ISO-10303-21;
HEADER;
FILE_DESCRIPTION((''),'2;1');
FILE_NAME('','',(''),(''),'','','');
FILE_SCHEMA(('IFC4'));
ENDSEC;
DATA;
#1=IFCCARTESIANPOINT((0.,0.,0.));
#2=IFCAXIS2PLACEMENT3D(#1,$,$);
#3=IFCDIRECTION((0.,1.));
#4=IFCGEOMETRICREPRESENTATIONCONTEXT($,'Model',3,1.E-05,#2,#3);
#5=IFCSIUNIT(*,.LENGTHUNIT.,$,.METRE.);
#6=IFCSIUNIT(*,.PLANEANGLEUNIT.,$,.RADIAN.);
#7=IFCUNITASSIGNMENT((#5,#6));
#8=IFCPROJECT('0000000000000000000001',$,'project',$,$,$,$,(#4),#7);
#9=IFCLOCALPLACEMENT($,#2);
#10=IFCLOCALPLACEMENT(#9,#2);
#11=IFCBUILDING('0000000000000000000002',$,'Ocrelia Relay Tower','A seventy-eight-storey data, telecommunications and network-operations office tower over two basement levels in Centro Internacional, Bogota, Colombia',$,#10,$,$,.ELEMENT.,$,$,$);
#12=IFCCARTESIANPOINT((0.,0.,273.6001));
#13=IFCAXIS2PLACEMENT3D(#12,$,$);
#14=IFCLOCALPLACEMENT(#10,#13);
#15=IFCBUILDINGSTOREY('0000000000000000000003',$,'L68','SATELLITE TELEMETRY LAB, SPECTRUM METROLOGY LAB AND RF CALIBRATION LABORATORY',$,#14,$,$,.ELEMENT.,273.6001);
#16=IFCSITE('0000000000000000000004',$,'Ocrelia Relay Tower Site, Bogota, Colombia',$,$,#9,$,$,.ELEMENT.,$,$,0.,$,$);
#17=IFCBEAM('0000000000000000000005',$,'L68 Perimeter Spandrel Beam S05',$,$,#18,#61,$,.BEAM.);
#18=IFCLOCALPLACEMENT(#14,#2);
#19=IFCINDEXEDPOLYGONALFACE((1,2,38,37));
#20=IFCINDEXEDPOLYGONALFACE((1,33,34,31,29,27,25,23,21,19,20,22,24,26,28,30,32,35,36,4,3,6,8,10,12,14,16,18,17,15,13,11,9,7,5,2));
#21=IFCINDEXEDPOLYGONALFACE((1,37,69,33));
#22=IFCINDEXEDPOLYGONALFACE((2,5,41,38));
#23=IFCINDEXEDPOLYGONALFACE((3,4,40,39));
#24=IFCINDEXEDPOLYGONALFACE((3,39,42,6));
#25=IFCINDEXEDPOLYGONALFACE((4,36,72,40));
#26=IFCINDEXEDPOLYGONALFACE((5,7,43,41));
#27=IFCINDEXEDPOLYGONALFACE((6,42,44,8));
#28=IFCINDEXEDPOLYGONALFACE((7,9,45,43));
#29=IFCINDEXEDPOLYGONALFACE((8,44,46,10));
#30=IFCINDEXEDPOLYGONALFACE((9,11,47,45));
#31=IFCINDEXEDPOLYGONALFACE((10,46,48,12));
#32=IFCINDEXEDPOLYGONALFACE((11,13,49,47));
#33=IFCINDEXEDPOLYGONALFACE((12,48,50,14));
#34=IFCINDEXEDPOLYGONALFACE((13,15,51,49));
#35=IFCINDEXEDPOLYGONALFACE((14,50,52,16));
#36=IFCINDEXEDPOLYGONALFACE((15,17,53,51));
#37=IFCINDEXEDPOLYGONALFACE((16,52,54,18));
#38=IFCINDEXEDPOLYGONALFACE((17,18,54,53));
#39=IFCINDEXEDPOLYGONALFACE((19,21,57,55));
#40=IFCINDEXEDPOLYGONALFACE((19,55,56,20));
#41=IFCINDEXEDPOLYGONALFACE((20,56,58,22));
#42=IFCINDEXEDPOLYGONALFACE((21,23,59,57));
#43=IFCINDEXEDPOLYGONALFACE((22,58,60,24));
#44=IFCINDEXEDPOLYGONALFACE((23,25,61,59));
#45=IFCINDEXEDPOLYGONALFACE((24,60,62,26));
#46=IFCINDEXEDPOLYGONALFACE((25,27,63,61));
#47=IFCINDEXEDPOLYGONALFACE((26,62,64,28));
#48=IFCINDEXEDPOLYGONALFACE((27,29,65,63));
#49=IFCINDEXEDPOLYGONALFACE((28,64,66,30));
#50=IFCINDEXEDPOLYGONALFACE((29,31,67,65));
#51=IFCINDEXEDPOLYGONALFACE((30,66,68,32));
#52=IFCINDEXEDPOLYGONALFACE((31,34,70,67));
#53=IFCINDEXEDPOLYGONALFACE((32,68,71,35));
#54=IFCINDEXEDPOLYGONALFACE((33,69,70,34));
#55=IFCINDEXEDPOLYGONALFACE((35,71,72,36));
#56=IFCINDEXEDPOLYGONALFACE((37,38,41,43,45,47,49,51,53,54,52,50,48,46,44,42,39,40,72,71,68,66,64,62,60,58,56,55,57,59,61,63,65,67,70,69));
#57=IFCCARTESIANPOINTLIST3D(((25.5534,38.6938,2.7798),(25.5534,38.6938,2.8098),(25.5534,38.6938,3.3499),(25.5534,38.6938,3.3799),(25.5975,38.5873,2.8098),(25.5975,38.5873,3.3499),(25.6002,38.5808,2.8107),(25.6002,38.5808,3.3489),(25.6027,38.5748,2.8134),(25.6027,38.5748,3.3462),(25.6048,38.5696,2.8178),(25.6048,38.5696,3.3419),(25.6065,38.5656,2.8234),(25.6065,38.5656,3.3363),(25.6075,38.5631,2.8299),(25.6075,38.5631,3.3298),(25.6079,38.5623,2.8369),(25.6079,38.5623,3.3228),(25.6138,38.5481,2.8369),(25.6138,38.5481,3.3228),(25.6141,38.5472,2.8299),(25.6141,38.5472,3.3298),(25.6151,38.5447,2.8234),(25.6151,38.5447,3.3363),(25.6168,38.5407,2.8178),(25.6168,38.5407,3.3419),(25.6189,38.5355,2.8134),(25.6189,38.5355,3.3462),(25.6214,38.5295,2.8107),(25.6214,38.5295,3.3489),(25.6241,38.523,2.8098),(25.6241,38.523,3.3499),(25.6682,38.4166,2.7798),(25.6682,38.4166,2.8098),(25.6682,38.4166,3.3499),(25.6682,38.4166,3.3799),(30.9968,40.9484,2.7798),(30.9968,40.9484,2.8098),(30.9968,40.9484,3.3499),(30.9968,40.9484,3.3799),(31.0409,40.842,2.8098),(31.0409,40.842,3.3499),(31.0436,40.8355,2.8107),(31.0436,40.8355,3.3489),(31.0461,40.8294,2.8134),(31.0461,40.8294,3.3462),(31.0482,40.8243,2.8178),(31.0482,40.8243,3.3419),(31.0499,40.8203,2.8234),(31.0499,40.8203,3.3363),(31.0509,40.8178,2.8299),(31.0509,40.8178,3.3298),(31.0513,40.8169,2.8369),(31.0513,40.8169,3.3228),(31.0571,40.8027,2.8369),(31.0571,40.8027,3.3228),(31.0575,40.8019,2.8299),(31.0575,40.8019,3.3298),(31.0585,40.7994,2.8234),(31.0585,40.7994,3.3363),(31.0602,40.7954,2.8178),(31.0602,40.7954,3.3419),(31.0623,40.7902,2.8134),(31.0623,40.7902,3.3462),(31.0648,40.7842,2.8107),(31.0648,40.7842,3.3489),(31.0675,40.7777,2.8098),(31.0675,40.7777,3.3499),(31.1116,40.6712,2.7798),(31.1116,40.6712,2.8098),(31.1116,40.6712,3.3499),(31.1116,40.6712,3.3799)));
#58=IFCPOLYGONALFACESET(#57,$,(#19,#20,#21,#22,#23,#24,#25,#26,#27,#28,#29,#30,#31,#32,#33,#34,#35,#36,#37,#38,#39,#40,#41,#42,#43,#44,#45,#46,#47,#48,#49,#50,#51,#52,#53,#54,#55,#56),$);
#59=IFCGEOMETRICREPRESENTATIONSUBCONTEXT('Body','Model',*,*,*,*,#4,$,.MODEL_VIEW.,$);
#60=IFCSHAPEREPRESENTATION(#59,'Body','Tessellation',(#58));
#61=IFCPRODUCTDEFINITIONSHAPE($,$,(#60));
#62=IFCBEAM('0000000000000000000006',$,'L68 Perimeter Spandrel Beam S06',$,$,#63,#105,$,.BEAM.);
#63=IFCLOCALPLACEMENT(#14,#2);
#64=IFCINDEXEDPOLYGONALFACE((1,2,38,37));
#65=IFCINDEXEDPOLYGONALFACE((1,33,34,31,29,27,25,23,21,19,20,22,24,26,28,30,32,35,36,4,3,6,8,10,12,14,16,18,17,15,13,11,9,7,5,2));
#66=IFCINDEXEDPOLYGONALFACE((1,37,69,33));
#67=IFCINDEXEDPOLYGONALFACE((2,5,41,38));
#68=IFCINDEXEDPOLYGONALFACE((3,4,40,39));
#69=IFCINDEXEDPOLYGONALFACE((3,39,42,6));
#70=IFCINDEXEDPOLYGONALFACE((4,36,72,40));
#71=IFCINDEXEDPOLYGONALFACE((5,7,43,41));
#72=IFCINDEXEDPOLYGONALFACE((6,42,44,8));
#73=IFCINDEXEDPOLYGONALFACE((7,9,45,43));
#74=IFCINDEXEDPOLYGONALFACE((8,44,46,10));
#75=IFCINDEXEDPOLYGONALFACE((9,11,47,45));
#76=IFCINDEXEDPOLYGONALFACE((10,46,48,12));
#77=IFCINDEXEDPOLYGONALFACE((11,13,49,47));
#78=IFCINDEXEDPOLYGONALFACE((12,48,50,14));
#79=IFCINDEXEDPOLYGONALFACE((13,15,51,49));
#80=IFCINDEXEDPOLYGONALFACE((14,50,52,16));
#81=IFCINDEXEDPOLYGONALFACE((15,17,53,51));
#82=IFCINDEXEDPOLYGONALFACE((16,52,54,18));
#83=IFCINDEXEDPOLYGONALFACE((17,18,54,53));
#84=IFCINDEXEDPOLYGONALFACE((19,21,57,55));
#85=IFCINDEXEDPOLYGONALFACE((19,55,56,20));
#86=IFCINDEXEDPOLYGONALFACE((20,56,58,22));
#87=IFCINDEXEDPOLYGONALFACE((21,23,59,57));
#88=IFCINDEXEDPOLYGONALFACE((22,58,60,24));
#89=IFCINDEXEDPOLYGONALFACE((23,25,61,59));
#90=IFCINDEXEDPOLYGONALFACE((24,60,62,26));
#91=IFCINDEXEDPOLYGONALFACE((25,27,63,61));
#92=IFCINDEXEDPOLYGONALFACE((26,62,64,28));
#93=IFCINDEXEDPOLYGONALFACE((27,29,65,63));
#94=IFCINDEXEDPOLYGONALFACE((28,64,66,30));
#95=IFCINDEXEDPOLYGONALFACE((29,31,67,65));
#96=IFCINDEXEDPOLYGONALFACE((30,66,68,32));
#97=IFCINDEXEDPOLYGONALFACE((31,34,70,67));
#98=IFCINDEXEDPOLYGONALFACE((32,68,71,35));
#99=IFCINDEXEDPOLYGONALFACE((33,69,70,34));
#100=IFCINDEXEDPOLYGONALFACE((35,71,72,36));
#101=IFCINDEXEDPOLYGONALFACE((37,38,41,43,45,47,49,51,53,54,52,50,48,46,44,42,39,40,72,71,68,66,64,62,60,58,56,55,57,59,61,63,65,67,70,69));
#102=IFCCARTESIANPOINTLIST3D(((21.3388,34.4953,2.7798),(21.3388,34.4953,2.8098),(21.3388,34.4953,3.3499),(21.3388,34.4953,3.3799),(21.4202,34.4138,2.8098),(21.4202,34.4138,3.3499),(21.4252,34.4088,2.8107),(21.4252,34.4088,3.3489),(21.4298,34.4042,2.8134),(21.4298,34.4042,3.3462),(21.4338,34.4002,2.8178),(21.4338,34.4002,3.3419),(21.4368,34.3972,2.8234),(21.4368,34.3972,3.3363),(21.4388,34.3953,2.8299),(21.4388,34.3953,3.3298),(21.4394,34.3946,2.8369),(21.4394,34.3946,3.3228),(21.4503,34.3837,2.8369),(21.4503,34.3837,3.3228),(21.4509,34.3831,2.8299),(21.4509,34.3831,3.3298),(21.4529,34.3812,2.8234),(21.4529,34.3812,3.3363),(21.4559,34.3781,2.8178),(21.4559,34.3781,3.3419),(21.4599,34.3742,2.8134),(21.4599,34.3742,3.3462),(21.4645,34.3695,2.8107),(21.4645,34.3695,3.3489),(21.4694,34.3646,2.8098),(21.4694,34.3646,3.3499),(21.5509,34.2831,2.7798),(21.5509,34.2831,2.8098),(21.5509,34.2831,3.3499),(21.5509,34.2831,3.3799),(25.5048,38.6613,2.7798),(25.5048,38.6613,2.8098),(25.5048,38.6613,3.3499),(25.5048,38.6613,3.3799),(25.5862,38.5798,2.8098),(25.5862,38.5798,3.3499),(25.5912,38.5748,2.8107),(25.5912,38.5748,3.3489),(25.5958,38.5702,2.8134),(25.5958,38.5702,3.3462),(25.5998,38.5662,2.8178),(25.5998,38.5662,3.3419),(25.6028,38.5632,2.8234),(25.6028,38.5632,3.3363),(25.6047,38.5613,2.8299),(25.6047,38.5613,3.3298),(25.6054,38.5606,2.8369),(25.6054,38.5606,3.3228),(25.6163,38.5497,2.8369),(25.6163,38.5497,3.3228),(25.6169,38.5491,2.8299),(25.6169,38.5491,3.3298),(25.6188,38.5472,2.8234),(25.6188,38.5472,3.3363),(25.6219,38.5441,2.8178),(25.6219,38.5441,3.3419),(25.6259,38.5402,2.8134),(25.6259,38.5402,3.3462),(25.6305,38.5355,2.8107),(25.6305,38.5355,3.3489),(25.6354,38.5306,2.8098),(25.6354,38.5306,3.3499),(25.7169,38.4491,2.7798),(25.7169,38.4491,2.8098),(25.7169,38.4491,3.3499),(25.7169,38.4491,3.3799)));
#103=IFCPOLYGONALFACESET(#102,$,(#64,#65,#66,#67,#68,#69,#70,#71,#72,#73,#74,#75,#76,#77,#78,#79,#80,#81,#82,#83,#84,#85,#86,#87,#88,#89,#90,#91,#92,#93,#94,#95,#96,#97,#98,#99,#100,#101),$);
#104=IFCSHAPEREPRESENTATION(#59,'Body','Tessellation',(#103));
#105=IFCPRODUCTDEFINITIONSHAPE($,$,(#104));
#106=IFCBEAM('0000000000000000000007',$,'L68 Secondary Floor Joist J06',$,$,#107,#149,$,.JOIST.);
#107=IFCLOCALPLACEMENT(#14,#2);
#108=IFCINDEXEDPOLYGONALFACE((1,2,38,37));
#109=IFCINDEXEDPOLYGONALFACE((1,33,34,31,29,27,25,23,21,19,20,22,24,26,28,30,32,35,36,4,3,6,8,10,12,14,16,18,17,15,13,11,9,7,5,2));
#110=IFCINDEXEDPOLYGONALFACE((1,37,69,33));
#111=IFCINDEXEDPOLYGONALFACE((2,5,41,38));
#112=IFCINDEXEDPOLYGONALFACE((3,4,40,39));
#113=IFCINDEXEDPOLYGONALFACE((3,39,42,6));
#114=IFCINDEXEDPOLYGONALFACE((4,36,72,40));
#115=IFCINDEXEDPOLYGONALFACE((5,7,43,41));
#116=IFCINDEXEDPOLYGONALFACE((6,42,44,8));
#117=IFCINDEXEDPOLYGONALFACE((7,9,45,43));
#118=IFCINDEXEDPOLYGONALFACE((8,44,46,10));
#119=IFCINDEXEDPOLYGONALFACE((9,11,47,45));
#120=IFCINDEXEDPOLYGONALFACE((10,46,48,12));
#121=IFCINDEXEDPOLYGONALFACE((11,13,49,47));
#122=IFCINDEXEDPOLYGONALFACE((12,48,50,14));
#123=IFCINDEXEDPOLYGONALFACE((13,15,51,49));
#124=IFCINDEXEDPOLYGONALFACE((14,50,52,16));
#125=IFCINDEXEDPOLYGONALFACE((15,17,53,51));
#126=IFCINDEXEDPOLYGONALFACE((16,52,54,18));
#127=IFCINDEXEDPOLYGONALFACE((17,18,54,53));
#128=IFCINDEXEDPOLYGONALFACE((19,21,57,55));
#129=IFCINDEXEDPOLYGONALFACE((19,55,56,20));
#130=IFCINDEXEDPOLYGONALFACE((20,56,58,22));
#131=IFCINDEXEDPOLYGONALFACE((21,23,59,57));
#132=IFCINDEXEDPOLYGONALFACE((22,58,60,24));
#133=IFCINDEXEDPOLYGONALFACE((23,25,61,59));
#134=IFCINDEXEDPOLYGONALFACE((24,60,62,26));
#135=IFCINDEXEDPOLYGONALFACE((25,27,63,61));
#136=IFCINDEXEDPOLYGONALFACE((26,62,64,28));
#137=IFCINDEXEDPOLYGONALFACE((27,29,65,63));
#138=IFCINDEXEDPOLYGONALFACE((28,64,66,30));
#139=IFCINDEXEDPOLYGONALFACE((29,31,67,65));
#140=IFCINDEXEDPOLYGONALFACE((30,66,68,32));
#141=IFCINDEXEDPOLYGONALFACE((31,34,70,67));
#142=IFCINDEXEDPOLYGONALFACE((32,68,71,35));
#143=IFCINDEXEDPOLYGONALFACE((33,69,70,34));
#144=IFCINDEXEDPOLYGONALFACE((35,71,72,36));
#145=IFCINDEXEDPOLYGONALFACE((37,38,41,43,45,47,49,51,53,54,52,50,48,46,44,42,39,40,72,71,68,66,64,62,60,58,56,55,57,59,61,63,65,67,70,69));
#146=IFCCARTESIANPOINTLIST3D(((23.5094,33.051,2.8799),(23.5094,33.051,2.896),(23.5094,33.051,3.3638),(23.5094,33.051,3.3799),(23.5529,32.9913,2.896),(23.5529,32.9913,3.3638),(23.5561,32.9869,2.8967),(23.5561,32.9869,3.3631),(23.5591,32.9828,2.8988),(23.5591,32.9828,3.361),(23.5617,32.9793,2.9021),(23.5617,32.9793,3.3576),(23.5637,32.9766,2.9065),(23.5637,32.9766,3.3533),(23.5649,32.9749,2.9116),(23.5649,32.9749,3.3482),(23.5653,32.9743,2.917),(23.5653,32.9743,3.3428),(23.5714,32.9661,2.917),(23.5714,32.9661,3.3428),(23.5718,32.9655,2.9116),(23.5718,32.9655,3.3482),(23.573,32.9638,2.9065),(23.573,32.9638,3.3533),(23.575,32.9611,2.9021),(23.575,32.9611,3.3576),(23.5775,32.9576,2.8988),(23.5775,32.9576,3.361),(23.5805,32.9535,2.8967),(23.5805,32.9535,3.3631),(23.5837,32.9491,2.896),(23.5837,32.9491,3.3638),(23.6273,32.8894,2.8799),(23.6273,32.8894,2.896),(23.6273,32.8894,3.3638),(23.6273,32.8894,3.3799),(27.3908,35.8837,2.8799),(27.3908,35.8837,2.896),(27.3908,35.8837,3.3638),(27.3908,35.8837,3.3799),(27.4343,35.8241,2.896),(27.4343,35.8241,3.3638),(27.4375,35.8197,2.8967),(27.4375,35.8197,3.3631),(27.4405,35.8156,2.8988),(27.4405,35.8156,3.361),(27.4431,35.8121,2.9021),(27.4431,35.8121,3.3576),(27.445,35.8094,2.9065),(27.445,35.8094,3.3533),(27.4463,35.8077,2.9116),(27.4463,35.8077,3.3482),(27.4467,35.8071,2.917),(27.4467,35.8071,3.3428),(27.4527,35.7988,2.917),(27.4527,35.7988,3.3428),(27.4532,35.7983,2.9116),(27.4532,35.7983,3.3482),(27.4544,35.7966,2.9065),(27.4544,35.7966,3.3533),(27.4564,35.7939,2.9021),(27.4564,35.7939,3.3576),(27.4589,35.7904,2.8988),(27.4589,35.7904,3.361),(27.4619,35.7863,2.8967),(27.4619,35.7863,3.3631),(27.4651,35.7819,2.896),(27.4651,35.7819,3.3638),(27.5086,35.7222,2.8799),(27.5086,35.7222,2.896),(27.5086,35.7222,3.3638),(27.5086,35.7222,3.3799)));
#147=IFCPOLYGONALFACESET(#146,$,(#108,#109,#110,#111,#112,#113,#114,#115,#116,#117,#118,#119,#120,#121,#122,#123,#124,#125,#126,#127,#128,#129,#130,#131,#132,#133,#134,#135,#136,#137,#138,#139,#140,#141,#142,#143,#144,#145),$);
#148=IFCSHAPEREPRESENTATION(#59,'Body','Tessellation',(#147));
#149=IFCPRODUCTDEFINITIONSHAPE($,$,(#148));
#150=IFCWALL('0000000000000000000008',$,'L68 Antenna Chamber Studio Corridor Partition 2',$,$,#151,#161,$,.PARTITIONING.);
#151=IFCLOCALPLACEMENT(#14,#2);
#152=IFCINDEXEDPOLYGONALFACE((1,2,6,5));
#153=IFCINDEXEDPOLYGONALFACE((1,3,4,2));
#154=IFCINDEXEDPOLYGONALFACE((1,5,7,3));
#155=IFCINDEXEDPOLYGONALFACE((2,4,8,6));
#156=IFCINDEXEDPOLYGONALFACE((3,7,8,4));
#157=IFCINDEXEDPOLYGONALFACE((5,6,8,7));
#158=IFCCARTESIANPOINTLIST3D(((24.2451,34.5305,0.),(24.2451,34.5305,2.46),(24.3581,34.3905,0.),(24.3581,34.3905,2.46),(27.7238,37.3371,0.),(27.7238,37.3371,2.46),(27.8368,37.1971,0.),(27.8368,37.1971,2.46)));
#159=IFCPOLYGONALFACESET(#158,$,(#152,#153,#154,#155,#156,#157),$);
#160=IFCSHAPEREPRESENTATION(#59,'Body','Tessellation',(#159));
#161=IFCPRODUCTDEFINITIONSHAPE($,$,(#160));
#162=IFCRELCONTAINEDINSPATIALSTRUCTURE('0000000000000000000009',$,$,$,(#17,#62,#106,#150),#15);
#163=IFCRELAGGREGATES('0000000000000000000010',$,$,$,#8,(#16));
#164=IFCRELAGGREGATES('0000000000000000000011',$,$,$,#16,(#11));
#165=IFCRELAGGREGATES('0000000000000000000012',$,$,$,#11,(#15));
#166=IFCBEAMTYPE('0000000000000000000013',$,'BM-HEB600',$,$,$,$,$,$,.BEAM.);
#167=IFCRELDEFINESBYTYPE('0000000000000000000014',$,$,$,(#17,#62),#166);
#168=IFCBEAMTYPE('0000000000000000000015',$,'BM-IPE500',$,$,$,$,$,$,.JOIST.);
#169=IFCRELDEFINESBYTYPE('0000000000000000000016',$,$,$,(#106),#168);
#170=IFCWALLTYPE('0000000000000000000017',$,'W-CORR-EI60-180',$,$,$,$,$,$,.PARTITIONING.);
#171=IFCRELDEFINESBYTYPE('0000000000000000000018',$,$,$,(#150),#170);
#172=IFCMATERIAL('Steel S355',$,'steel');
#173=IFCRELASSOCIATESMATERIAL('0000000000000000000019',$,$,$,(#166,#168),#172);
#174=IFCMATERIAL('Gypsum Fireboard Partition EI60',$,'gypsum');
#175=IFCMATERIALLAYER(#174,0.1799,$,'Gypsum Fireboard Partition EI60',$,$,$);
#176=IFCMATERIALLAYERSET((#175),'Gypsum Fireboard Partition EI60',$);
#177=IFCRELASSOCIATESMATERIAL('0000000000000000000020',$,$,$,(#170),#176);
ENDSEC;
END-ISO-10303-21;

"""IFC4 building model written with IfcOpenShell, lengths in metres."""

from ifc_helpers import new_model, si_unit, direction, frame, frame_2d, origin, origin_2d, place, context, subcontext, project, spatial, rectangle, i_section, extrude, material, layer, layer_set, material_profile, profile_set, type_object, element, save


model = new_model("IFC4")

# Units and contexts
model_context = context("Model", 3, precision=1e-05, world=origin(), true_north=direction((0.0, 1.0)))
body_context = subcontext(model_context, "Body", "Model", "MODEL_VIEW")
ifc_project = project(units=[si_unit("LENGTHUNIT", "METRE"), si_unit("PLANEANGLEUNIT", "RADIAN")], contexts=[model_context])

# Site, building, storey
site_placement = place(None, origin())
site = spatial("IfcSite", under=ifc_project, at=site_placement, Name="Ocrelia Relay Tower Site, Bogota, Colombia", CompositionType="ELEMENT", RefElevation=0.0)
building_placement = place(site_placement, origin())
building = spatial("IfcBuilding", under=site, at=building_placement, Name="Ocrelia Relay Tower", Description="A seventy-eight-storey data, telecommunications and network-operations office tower over two basement levels in Centro Internacional, Bogota, Colombia", CompositionType="ELEMENT")
storey_placement = place(building_placement, frame((0.0, 0.0, 273.6001)))
storey = spatial("IfcBuildingStorey", under=building, at=storey_placement, Name="L68", Description="SATELLITE TELEMETRY LAB, SPECTRUM METROLOGY LAB AND RF CALIBRATION LABORATORY", CompositionType="ELEMENT", Elevation=273.6001)

# Beams
ifc_material_1 = material(Name="Steel S355", Category="steel")
ifc_material_profile_1 = material_profile(ifc_material_1, i_section(OverallWidth=0.3, OverallDepth=0.6001, WebThickness=0.0154, FlangeThickness=0.03, FilletRadius=0.0271, at=origin_2d()), Name="HEB 600")
ifc_profile_set_1 = profile_set([ifc_material_profile_1], Name="Steel S355")
beam_type_1 = type_object("IfcBeamType", Name="BM-HEB600", PredefinedType="BEAM", material=ifc_profile_set_1)
beam_1_placement = place(storey_placement, frame((31.0542, 40.8098, 3.0798), z_axis=(-0.923884, -0.382673, 0.0), x_axis=(0.382673, -0.923884, 0.0)))
element("IfcBeam", 1, at=beam_1_placement, inside=storey, type_object=beam_type_1, Name="L68 Perimeter Spandrel Beam S05", PredefinedType="BEAM", context=body_context, shape_type="SweptSolid", body=[
    extrude(i_section(OverallWidth=0.3, OverallDepth=0.6001, WebThickness=0.0154, FlangeThickness=0.03, FilletRadius=0.0271, at=origin_2d()), origin(), (0.0, 0.0, 1.0), 5.8918),
])
beam_2_placement = place(storey_placement, frame((25.6108, 38.5552, 3.0798), z_axis=(-0.707107, -0.707107, 0.0), x_axis=(0.707107, -0.707107, 0.0)))
element("IfcBeam", 2, at=beam_2_placement, inside=storey, type_object=beam_type_1, Name="L68 Perimeter Spandrel Beam S06", PredefinedType="BEAM", context=body_context, shape_type="SweptSolid", body=[
    extrude(i_section(OverallWidth=0.3, OverallDepth=0.6001, WebThickness=0.0154, FlangeThickness=0.03, FilletRadius=0.0271, at=origin_2d()), origin(), (0.0, 0.0, 1.0), 5.8916),
])
ifc_material_profile_2 = material_profile(ifc_material_1, i_section(OverallWidth=0.2, OverallDepth=0.5, WebThickness=0.0103, FlangeThickness=0.0161, FilletRadius=0.021, at=origin_2d()), Name="IPE 500")
ifc_profile_set_2 = profile_set([ifc_material_profile_2], Name="Steel S355")
beam_type_2 = type_object("IfcBeamType", Name="BM-IPE500", PredefinedType="JOIST", material=ifc_profile_set_2)
beam_3_placement = place(storey_placement, frame((27.4497, 35.803, 3.1299), z_axis=(-0.807748, -0.589527, 0.0), x_axis=(0.589527, -0.807748, 0.0)))
element("IfcBeam", 3, at=beam_3_placement, inside=storey, type_object=beam_type_2, Name="L68 Secondary Floor Joist J06", PredefinedType="JOIST", context=body_context, shape_type="SweptSolid", body=[
    extrude(i_section(OverallWidth=0.2, OverallDepth=0.5, WebThickness=0.0103, FlangeThickness=0.0161, FilletRadius=0.021, at=origin_2d()), origin(), (0.0, 0.0, 1.0), 4.8052),
])

# Wall
ifc_material_2 = material(Name="Gypsum Fireboard Partition EI60", Category="gypsum")
ifc_layer_1 = layer(ifc_material_2, 0.1799, Name="Gypsum Fireboard Partition EI60")
ifc_layer_set_1 = layer_set([ifc_layer_1], Name="Gypsum Fireboard Partition EI60")
wall_type_1 = type_object("IfcWallType", Name="W-CORR-EI60-180", PredefinedType="PARTITIONING", material=ifc_layer_set_1)
wall_1_placement = place(storey_placement, frame((27.7803, 37.2671, 0.0), z_axis=(0.0, 0.0, 1.0), x_axis=(-0.778283, -0.627914, 0.0)))
element("IfcWall", 4, at=wall_1_placement, inside=storey, type_object=wall_type_1, Name="L68 Antenna Chamber Studio Corridor Partition 2", PredefinedType="PARTITIONING", context=body_context, shape_type="SweptSolid", body=[
    extrude(rectangle(XDim=4.4697, YDim=0.1799, at=frame_2d((2.2349, 0.0))), origin(), (0.0, 0.0, 1.0), 2.46),
])

save(model, "model.ifc")
